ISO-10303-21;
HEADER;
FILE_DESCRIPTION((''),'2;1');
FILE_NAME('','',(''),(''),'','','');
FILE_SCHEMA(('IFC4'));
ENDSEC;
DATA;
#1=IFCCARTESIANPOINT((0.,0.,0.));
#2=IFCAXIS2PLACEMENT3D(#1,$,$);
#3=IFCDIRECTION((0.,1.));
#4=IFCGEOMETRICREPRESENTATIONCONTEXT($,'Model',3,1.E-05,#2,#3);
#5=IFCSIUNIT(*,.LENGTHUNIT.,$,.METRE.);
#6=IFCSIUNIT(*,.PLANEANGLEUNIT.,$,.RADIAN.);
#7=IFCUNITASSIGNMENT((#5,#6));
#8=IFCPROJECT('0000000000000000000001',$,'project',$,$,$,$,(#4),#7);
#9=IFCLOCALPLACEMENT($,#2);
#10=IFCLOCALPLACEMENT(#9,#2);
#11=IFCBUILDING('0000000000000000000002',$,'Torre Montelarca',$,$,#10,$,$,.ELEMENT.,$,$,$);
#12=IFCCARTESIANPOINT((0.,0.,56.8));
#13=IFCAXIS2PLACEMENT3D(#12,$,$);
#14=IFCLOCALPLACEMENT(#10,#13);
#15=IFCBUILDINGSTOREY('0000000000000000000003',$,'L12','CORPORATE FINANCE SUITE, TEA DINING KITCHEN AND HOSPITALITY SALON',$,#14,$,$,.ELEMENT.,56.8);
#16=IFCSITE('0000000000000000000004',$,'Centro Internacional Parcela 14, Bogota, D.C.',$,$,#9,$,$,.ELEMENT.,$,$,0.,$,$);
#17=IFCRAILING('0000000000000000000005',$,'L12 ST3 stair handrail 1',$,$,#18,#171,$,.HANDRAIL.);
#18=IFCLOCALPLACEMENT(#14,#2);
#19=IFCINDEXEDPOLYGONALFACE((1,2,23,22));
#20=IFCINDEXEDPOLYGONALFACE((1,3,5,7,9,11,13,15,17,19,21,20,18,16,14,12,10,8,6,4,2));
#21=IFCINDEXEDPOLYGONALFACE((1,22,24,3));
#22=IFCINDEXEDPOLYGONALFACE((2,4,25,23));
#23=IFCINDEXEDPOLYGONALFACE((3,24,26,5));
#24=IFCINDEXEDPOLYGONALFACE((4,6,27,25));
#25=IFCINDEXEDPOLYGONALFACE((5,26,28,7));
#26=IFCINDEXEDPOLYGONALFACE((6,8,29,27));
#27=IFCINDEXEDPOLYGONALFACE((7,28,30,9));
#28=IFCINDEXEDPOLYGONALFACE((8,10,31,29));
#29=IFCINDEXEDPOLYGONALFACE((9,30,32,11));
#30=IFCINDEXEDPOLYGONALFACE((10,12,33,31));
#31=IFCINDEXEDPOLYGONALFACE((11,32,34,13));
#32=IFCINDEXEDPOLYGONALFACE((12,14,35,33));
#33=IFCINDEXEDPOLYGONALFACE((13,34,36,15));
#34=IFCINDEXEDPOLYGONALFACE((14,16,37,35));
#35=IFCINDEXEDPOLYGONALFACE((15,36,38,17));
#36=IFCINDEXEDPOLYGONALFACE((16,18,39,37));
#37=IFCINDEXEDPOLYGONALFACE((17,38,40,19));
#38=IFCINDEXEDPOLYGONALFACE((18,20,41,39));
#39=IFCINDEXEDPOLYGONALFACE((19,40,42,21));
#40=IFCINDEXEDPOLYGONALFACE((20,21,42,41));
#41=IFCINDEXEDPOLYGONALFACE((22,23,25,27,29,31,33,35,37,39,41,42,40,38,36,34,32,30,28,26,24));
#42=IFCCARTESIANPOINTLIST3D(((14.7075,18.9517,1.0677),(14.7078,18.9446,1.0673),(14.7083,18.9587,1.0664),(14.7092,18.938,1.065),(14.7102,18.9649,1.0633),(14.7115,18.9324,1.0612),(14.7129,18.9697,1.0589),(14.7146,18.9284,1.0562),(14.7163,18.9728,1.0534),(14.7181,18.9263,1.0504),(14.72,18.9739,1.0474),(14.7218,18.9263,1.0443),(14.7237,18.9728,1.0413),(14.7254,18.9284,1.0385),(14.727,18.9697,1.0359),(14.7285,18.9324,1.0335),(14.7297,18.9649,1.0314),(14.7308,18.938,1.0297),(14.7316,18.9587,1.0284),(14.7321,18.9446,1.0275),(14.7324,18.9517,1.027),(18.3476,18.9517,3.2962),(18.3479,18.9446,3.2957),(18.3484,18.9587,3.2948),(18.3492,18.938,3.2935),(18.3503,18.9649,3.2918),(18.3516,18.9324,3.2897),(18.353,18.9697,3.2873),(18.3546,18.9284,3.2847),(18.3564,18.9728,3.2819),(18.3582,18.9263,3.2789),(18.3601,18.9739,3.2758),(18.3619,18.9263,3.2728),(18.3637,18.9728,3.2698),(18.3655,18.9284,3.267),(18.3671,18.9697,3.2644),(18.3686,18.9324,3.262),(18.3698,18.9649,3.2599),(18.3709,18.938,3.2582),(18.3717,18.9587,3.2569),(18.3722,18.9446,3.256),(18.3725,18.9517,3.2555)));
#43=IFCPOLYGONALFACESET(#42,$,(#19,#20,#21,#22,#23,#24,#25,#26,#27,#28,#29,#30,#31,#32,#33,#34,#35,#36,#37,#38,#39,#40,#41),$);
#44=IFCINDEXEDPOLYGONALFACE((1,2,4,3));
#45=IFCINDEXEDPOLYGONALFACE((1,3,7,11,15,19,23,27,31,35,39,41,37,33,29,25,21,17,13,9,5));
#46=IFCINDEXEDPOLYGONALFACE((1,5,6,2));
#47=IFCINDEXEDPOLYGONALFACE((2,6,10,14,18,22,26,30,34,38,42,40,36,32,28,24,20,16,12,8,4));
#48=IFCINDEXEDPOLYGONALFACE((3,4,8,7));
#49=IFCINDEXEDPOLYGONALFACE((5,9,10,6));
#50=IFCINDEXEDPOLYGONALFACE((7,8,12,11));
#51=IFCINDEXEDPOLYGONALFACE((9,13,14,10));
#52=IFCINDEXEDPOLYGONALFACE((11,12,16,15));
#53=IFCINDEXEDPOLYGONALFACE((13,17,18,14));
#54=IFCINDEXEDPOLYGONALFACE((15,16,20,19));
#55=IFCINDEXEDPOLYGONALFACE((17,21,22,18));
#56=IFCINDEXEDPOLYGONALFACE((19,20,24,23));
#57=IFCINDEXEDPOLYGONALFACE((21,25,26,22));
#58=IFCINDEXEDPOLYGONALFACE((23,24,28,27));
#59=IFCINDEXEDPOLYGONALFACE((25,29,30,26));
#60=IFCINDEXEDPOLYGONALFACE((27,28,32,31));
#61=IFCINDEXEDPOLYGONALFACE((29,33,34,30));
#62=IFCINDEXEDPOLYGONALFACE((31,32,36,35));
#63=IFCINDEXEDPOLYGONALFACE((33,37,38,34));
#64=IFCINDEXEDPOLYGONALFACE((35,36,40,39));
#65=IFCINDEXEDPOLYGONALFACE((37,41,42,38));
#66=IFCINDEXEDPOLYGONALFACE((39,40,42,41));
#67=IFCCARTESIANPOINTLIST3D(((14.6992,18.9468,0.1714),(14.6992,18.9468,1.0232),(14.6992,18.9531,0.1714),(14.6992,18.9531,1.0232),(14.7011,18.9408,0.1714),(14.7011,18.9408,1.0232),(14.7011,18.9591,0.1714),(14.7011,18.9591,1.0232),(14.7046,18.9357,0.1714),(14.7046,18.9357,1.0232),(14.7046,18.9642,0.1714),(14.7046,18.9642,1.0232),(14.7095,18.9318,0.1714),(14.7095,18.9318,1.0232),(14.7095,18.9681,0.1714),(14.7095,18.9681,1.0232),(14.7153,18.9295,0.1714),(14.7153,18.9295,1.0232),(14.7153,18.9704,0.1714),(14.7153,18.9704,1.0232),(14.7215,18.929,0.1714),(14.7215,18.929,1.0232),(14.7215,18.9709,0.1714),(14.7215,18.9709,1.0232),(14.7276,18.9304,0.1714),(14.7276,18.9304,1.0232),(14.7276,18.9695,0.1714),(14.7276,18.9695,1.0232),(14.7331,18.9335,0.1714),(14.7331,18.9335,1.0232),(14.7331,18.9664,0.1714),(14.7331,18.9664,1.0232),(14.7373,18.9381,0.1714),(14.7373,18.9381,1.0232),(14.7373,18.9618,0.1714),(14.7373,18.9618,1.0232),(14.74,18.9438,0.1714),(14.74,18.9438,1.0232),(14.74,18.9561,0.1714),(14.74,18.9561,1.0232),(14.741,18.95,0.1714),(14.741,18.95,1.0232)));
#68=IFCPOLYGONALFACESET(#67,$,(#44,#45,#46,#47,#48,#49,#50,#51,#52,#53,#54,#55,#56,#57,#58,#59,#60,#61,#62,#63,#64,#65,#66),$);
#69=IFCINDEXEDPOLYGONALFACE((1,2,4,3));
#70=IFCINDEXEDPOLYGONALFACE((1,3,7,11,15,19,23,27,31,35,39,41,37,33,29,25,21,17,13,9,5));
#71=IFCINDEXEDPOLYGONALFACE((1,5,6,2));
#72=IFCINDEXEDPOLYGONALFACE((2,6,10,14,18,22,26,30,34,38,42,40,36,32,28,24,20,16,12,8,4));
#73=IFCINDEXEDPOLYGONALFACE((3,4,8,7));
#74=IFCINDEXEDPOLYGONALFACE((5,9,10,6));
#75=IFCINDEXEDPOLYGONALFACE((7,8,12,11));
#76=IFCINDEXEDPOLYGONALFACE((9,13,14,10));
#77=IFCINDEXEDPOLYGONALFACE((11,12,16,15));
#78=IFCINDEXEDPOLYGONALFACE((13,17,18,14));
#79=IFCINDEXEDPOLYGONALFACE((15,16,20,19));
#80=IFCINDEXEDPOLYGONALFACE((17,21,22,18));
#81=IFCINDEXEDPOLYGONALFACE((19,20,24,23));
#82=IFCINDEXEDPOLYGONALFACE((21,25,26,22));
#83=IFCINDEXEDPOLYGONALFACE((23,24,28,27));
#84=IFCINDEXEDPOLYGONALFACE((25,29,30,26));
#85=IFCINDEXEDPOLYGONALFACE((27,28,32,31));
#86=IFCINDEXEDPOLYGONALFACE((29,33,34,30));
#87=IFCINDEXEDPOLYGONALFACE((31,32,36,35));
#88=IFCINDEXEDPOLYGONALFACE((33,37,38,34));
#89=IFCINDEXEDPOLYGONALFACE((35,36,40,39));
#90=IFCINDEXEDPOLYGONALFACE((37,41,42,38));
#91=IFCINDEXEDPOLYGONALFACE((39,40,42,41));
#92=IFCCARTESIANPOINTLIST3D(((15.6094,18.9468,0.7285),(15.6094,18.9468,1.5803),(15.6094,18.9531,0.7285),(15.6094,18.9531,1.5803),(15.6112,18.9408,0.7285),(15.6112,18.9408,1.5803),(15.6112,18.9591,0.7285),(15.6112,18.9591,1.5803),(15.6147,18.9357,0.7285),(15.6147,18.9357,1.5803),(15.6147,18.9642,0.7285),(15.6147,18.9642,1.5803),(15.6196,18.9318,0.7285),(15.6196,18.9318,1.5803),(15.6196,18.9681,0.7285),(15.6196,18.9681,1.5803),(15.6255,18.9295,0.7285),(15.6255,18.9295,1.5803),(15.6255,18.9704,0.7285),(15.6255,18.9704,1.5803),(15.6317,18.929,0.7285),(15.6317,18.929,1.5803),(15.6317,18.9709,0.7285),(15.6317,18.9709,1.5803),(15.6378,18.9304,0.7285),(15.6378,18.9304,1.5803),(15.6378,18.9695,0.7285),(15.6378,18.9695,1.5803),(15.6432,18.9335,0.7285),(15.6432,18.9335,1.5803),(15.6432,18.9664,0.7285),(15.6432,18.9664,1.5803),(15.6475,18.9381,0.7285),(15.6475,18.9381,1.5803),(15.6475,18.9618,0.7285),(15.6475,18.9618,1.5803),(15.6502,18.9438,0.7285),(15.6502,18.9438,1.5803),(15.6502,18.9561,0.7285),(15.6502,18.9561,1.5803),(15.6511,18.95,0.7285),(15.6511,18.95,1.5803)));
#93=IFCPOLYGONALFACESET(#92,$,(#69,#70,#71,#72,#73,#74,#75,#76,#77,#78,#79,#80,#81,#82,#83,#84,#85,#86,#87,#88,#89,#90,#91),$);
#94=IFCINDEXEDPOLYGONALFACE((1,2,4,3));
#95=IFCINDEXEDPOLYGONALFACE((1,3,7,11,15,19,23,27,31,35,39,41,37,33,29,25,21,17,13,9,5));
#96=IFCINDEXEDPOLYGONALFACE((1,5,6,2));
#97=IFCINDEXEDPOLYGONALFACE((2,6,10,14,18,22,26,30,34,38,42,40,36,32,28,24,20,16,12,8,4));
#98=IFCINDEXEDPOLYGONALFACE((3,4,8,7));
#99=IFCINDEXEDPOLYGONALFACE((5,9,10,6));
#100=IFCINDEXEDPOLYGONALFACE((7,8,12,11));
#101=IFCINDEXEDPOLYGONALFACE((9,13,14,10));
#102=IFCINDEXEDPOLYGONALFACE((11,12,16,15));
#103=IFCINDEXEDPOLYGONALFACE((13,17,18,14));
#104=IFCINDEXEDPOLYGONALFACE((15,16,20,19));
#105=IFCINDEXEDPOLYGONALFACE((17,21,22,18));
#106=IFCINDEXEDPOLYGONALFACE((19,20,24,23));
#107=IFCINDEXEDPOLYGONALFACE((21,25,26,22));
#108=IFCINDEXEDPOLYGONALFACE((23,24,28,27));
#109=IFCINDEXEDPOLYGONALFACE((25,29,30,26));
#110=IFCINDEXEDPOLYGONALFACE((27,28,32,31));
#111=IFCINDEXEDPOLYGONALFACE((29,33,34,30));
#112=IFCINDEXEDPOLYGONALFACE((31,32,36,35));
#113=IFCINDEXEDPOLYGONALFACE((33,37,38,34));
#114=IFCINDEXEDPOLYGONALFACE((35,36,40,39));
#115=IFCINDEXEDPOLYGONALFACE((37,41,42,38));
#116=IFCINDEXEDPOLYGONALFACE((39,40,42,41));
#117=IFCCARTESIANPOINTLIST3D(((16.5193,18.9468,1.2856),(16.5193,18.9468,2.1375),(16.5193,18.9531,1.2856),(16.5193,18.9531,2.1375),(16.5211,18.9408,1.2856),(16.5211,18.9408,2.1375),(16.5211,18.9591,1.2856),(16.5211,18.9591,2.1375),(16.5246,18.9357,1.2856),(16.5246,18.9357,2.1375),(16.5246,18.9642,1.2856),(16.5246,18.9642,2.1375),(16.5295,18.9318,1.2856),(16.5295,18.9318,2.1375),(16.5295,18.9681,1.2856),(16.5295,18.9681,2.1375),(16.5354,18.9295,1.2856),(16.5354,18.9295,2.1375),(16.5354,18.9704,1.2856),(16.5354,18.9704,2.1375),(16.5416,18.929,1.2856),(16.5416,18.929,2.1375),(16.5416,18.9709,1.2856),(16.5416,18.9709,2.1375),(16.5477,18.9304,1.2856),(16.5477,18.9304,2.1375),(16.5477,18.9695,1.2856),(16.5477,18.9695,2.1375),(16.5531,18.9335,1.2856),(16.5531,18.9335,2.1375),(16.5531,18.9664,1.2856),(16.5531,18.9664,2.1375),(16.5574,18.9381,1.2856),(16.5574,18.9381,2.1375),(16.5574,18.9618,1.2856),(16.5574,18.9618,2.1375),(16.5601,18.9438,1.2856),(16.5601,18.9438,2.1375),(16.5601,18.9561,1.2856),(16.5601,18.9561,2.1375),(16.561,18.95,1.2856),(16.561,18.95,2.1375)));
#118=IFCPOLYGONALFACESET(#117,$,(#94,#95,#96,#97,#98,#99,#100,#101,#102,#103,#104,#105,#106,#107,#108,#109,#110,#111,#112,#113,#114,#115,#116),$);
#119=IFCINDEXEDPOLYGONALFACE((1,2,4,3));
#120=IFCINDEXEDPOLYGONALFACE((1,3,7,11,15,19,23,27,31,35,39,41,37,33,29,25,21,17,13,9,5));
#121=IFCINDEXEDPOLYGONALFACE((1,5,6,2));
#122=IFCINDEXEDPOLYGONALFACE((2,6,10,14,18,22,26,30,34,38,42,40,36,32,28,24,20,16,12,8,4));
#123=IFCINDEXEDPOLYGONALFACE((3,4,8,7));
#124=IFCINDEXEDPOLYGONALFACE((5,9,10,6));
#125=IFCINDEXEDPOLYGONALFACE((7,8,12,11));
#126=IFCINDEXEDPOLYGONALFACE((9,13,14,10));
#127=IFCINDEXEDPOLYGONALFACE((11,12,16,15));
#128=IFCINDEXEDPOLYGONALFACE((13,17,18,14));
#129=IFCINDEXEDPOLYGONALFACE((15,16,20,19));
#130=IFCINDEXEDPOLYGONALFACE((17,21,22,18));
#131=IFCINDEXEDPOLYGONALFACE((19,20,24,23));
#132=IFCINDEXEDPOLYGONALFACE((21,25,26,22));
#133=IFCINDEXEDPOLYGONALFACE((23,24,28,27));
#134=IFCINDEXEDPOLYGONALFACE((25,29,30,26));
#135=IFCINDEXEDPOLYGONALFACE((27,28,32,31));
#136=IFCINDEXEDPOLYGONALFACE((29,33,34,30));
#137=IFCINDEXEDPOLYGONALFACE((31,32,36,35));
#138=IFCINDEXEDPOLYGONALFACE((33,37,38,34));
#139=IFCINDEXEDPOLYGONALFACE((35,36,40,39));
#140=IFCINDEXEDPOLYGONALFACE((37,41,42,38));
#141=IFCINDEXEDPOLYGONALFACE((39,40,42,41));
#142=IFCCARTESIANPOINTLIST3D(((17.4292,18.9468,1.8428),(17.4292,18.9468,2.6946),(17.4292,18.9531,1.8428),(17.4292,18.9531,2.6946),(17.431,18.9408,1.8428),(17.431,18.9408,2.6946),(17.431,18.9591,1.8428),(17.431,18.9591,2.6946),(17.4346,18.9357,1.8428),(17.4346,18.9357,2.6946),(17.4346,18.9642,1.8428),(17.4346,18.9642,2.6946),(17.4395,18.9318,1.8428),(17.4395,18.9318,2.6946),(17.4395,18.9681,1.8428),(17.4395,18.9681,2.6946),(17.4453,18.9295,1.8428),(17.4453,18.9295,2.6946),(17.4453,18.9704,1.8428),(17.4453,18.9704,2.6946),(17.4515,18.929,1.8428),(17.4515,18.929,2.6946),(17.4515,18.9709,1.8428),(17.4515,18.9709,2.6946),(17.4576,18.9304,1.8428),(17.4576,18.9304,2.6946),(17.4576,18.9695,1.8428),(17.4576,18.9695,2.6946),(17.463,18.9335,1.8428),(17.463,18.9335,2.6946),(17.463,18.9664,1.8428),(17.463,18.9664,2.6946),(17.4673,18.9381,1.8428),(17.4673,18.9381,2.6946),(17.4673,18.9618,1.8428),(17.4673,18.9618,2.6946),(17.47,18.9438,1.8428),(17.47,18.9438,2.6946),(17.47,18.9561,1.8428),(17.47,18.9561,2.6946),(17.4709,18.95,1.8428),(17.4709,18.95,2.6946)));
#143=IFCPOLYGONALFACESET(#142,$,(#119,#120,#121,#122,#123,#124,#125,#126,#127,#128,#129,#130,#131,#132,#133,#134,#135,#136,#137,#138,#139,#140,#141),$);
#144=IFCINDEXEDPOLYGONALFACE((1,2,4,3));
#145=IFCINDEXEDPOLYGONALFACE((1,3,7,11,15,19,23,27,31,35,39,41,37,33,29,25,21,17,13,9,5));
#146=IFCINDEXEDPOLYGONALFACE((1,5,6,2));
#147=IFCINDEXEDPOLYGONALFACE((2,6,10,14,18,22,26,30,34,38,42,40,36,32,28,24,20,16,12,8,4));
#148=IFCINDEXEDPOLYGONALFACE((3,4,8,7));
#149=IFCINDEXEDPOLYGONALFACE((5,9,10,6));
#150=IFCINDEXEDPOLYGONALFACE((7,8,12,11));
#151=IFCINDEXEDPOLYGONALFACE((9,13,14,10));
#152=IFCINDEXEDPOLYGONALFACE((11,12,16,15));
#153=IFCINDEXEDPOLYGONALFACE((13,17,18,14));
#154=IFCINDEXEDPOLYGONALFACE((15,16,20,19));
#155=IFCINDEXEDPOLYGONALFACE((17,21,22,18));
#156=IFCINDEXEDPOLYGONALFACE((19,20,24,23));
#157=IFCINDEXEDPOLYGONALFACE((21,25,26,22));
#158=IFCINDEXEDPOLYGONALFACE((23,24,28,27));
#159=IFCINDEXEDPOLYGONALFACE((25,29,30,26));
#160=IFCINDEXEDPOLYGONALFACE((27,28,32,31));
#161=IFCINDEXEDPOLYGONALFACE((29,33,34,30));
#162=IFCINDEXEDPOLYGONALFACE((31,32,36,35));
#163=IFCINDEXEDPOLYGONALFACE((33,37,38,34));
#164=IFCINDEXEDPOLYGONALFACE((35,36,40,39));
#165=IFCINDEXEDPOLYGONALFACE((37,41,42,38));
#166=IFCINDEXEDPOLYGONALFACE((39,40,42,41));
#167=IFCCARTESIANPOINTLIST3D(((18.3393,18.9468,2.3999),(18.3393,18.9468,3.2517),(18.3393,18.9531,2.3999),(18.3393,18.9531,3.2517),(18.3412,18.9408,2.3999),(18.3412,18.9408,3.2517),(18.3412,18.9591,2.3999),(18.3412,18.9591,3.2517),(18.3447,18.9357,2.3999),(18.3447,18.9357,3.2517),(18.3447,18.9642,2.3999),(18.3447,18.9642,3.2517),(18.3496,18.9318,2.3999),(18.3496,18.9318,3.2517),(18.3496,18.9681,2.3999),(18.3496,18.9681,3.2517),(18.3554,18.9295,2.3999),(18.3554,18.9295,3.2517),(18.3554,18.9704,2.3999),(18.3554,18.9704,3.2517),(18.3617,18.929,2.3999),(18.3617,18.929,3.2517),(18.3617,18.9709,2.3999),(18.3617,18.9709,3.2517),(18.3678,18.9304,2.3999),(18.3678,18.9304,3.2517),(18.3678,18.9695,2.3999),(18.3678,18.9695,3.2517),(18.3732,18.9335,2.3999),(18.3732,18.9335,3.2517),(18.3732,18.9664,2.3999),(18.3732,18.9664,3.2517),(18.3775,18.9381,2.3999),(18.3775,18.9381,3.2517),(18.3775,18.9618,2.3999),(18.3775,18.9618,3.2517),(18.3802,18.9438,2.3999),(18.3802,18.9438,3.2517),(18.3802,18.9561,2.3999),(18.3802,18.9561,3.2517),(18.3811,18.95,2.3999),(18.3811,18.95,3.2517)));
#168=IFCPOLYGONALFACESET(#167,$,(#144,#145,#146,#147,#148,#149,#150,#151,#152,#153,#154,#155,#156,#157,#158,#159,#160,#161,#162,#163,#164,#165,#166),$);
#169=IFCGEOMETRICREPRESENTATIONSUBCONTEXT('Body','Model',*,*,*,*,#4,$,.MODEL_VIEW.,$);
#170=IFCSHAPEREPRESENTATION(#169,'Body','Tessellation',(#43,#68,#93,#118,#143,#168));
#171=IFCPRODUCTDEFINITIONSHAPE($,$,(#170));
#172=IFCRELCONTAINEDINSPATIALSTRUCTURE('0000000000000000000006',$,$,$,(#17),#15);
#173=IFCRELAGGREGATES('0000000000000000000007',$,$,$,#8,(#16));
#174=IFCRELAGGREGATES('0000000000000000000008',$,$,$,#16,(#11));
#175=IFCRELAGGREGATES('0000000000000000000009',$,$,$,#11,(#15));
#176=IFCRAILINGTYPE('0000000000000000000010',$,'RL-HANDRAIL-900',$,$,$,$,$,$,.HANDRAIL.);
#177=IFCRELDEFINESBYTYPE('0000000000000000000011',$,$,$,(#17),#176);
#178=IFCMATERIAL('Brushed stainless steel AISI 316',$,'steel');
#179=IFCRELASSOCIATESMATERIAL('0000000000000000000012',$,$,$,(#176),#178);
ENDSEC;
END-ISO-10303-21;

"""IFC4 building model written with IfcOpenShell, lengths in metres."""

from ifc_helpers import new_model, si_unit, direction, frame, origin, origin_2d, place, context, subcontext, project, spatial, circle, extrude, material, type_object, element, save


model = new_model("IFC4")

# Units and contexts
model_context = context("Model", 3, precision=1e-05, world=origin(), true_north=direction((0.0, 1.0)))
body_context = subcontext(model_context, "Body", "Model", "MODEL_VIEW")
ifc_project = project(units=[si_unit("LENGTHUNIT", "METRE"), si_unit("PLANEANGLEUNIT", "RADIAN")], contexts=[model_context])

# Site, building, storey
site_placement = place(None, origin())
site = spatial("IfcSite", under=ifc_project, at=site_placement, Name="Centro Internacional Parcela 14, Bogota, D.C.", CompositionType="ELEMENT", RefElevation=0.0)
building_placement = place(site_placement, origin())
building = spatial("IfcBuilding", under=site, at=building_placement, Name="Torre Montelarca", CompositionType="ELEMENT")
storey_placement = place(building_placement, frame((0.0, 0.0, 56.8)))
storey = spatial("IfcBuildingStorey", under=building, at=storey_placement, Name="L12", Description="CORPORATE FINANCE SUITE, TEA DINING KITCHEN AND HOSPITALITY SALON", CompositionType="ELEMENT", Elevation=56.8)

# Railing
ifc_material_1 = material(Name="Brushed stainless steel AISI 316", Category="steel")
railing_type_1 = type_object("IfcRailingType", Name="RL-HANDRAIL-900", PredefinedType="HANDRAIL", material=ifc_material_1)
railing_1_placement = place(storey_placement, frame((14.72, 18.95, 0.1714)))
element("IfcRailing", 1, at=railing_1_placement, inside=storey, type_object=railing_type_1, Name="L12 ST3 stair handrail 1", PredefinedType="HANDRAIL", context=body_context, shape_type="SweptSolid", body=[
    extrude(circle(Radius=0.0239, at=origin_2d()), frame((0.0, 0.0, 0.876), z_axis=(0.852866, 0.0, 0.52213), x_axis=(0.0, 1.0, 0.0)), (0.0, 0.0, 1.0), 4.2681),
    extrude(circle(Radius=0.021, at=origin_2d()), origin(), (0.0, 0.0, 1.0), 0.8518),
    extrude(circle(Radius=0.021, at=origin_2d()), frame((0.9102, 0.0, 0.5571)), (0.0, 0.0, 1.0), 0.8518),
    extrude(circle(Radius=0.021, at=origin_2d()), frame((1.8201, 0.0, 1.1143)), (0.0, 0.0, 1.0), 0.8518),
    extrude(circle(Radius=0.021, at=origin_2d()), frame((2.73, 0.0, 1.6714)), (0.0, 0.0, 1.0), 0.8518),
    extrude(circle(Radius=0.021, at=origin_2d()), frame((3.6401, 0.0, 2.2285)), (0.0, 0.0, 1.0), 0.8518),
])

save(model, "model.ifc")
